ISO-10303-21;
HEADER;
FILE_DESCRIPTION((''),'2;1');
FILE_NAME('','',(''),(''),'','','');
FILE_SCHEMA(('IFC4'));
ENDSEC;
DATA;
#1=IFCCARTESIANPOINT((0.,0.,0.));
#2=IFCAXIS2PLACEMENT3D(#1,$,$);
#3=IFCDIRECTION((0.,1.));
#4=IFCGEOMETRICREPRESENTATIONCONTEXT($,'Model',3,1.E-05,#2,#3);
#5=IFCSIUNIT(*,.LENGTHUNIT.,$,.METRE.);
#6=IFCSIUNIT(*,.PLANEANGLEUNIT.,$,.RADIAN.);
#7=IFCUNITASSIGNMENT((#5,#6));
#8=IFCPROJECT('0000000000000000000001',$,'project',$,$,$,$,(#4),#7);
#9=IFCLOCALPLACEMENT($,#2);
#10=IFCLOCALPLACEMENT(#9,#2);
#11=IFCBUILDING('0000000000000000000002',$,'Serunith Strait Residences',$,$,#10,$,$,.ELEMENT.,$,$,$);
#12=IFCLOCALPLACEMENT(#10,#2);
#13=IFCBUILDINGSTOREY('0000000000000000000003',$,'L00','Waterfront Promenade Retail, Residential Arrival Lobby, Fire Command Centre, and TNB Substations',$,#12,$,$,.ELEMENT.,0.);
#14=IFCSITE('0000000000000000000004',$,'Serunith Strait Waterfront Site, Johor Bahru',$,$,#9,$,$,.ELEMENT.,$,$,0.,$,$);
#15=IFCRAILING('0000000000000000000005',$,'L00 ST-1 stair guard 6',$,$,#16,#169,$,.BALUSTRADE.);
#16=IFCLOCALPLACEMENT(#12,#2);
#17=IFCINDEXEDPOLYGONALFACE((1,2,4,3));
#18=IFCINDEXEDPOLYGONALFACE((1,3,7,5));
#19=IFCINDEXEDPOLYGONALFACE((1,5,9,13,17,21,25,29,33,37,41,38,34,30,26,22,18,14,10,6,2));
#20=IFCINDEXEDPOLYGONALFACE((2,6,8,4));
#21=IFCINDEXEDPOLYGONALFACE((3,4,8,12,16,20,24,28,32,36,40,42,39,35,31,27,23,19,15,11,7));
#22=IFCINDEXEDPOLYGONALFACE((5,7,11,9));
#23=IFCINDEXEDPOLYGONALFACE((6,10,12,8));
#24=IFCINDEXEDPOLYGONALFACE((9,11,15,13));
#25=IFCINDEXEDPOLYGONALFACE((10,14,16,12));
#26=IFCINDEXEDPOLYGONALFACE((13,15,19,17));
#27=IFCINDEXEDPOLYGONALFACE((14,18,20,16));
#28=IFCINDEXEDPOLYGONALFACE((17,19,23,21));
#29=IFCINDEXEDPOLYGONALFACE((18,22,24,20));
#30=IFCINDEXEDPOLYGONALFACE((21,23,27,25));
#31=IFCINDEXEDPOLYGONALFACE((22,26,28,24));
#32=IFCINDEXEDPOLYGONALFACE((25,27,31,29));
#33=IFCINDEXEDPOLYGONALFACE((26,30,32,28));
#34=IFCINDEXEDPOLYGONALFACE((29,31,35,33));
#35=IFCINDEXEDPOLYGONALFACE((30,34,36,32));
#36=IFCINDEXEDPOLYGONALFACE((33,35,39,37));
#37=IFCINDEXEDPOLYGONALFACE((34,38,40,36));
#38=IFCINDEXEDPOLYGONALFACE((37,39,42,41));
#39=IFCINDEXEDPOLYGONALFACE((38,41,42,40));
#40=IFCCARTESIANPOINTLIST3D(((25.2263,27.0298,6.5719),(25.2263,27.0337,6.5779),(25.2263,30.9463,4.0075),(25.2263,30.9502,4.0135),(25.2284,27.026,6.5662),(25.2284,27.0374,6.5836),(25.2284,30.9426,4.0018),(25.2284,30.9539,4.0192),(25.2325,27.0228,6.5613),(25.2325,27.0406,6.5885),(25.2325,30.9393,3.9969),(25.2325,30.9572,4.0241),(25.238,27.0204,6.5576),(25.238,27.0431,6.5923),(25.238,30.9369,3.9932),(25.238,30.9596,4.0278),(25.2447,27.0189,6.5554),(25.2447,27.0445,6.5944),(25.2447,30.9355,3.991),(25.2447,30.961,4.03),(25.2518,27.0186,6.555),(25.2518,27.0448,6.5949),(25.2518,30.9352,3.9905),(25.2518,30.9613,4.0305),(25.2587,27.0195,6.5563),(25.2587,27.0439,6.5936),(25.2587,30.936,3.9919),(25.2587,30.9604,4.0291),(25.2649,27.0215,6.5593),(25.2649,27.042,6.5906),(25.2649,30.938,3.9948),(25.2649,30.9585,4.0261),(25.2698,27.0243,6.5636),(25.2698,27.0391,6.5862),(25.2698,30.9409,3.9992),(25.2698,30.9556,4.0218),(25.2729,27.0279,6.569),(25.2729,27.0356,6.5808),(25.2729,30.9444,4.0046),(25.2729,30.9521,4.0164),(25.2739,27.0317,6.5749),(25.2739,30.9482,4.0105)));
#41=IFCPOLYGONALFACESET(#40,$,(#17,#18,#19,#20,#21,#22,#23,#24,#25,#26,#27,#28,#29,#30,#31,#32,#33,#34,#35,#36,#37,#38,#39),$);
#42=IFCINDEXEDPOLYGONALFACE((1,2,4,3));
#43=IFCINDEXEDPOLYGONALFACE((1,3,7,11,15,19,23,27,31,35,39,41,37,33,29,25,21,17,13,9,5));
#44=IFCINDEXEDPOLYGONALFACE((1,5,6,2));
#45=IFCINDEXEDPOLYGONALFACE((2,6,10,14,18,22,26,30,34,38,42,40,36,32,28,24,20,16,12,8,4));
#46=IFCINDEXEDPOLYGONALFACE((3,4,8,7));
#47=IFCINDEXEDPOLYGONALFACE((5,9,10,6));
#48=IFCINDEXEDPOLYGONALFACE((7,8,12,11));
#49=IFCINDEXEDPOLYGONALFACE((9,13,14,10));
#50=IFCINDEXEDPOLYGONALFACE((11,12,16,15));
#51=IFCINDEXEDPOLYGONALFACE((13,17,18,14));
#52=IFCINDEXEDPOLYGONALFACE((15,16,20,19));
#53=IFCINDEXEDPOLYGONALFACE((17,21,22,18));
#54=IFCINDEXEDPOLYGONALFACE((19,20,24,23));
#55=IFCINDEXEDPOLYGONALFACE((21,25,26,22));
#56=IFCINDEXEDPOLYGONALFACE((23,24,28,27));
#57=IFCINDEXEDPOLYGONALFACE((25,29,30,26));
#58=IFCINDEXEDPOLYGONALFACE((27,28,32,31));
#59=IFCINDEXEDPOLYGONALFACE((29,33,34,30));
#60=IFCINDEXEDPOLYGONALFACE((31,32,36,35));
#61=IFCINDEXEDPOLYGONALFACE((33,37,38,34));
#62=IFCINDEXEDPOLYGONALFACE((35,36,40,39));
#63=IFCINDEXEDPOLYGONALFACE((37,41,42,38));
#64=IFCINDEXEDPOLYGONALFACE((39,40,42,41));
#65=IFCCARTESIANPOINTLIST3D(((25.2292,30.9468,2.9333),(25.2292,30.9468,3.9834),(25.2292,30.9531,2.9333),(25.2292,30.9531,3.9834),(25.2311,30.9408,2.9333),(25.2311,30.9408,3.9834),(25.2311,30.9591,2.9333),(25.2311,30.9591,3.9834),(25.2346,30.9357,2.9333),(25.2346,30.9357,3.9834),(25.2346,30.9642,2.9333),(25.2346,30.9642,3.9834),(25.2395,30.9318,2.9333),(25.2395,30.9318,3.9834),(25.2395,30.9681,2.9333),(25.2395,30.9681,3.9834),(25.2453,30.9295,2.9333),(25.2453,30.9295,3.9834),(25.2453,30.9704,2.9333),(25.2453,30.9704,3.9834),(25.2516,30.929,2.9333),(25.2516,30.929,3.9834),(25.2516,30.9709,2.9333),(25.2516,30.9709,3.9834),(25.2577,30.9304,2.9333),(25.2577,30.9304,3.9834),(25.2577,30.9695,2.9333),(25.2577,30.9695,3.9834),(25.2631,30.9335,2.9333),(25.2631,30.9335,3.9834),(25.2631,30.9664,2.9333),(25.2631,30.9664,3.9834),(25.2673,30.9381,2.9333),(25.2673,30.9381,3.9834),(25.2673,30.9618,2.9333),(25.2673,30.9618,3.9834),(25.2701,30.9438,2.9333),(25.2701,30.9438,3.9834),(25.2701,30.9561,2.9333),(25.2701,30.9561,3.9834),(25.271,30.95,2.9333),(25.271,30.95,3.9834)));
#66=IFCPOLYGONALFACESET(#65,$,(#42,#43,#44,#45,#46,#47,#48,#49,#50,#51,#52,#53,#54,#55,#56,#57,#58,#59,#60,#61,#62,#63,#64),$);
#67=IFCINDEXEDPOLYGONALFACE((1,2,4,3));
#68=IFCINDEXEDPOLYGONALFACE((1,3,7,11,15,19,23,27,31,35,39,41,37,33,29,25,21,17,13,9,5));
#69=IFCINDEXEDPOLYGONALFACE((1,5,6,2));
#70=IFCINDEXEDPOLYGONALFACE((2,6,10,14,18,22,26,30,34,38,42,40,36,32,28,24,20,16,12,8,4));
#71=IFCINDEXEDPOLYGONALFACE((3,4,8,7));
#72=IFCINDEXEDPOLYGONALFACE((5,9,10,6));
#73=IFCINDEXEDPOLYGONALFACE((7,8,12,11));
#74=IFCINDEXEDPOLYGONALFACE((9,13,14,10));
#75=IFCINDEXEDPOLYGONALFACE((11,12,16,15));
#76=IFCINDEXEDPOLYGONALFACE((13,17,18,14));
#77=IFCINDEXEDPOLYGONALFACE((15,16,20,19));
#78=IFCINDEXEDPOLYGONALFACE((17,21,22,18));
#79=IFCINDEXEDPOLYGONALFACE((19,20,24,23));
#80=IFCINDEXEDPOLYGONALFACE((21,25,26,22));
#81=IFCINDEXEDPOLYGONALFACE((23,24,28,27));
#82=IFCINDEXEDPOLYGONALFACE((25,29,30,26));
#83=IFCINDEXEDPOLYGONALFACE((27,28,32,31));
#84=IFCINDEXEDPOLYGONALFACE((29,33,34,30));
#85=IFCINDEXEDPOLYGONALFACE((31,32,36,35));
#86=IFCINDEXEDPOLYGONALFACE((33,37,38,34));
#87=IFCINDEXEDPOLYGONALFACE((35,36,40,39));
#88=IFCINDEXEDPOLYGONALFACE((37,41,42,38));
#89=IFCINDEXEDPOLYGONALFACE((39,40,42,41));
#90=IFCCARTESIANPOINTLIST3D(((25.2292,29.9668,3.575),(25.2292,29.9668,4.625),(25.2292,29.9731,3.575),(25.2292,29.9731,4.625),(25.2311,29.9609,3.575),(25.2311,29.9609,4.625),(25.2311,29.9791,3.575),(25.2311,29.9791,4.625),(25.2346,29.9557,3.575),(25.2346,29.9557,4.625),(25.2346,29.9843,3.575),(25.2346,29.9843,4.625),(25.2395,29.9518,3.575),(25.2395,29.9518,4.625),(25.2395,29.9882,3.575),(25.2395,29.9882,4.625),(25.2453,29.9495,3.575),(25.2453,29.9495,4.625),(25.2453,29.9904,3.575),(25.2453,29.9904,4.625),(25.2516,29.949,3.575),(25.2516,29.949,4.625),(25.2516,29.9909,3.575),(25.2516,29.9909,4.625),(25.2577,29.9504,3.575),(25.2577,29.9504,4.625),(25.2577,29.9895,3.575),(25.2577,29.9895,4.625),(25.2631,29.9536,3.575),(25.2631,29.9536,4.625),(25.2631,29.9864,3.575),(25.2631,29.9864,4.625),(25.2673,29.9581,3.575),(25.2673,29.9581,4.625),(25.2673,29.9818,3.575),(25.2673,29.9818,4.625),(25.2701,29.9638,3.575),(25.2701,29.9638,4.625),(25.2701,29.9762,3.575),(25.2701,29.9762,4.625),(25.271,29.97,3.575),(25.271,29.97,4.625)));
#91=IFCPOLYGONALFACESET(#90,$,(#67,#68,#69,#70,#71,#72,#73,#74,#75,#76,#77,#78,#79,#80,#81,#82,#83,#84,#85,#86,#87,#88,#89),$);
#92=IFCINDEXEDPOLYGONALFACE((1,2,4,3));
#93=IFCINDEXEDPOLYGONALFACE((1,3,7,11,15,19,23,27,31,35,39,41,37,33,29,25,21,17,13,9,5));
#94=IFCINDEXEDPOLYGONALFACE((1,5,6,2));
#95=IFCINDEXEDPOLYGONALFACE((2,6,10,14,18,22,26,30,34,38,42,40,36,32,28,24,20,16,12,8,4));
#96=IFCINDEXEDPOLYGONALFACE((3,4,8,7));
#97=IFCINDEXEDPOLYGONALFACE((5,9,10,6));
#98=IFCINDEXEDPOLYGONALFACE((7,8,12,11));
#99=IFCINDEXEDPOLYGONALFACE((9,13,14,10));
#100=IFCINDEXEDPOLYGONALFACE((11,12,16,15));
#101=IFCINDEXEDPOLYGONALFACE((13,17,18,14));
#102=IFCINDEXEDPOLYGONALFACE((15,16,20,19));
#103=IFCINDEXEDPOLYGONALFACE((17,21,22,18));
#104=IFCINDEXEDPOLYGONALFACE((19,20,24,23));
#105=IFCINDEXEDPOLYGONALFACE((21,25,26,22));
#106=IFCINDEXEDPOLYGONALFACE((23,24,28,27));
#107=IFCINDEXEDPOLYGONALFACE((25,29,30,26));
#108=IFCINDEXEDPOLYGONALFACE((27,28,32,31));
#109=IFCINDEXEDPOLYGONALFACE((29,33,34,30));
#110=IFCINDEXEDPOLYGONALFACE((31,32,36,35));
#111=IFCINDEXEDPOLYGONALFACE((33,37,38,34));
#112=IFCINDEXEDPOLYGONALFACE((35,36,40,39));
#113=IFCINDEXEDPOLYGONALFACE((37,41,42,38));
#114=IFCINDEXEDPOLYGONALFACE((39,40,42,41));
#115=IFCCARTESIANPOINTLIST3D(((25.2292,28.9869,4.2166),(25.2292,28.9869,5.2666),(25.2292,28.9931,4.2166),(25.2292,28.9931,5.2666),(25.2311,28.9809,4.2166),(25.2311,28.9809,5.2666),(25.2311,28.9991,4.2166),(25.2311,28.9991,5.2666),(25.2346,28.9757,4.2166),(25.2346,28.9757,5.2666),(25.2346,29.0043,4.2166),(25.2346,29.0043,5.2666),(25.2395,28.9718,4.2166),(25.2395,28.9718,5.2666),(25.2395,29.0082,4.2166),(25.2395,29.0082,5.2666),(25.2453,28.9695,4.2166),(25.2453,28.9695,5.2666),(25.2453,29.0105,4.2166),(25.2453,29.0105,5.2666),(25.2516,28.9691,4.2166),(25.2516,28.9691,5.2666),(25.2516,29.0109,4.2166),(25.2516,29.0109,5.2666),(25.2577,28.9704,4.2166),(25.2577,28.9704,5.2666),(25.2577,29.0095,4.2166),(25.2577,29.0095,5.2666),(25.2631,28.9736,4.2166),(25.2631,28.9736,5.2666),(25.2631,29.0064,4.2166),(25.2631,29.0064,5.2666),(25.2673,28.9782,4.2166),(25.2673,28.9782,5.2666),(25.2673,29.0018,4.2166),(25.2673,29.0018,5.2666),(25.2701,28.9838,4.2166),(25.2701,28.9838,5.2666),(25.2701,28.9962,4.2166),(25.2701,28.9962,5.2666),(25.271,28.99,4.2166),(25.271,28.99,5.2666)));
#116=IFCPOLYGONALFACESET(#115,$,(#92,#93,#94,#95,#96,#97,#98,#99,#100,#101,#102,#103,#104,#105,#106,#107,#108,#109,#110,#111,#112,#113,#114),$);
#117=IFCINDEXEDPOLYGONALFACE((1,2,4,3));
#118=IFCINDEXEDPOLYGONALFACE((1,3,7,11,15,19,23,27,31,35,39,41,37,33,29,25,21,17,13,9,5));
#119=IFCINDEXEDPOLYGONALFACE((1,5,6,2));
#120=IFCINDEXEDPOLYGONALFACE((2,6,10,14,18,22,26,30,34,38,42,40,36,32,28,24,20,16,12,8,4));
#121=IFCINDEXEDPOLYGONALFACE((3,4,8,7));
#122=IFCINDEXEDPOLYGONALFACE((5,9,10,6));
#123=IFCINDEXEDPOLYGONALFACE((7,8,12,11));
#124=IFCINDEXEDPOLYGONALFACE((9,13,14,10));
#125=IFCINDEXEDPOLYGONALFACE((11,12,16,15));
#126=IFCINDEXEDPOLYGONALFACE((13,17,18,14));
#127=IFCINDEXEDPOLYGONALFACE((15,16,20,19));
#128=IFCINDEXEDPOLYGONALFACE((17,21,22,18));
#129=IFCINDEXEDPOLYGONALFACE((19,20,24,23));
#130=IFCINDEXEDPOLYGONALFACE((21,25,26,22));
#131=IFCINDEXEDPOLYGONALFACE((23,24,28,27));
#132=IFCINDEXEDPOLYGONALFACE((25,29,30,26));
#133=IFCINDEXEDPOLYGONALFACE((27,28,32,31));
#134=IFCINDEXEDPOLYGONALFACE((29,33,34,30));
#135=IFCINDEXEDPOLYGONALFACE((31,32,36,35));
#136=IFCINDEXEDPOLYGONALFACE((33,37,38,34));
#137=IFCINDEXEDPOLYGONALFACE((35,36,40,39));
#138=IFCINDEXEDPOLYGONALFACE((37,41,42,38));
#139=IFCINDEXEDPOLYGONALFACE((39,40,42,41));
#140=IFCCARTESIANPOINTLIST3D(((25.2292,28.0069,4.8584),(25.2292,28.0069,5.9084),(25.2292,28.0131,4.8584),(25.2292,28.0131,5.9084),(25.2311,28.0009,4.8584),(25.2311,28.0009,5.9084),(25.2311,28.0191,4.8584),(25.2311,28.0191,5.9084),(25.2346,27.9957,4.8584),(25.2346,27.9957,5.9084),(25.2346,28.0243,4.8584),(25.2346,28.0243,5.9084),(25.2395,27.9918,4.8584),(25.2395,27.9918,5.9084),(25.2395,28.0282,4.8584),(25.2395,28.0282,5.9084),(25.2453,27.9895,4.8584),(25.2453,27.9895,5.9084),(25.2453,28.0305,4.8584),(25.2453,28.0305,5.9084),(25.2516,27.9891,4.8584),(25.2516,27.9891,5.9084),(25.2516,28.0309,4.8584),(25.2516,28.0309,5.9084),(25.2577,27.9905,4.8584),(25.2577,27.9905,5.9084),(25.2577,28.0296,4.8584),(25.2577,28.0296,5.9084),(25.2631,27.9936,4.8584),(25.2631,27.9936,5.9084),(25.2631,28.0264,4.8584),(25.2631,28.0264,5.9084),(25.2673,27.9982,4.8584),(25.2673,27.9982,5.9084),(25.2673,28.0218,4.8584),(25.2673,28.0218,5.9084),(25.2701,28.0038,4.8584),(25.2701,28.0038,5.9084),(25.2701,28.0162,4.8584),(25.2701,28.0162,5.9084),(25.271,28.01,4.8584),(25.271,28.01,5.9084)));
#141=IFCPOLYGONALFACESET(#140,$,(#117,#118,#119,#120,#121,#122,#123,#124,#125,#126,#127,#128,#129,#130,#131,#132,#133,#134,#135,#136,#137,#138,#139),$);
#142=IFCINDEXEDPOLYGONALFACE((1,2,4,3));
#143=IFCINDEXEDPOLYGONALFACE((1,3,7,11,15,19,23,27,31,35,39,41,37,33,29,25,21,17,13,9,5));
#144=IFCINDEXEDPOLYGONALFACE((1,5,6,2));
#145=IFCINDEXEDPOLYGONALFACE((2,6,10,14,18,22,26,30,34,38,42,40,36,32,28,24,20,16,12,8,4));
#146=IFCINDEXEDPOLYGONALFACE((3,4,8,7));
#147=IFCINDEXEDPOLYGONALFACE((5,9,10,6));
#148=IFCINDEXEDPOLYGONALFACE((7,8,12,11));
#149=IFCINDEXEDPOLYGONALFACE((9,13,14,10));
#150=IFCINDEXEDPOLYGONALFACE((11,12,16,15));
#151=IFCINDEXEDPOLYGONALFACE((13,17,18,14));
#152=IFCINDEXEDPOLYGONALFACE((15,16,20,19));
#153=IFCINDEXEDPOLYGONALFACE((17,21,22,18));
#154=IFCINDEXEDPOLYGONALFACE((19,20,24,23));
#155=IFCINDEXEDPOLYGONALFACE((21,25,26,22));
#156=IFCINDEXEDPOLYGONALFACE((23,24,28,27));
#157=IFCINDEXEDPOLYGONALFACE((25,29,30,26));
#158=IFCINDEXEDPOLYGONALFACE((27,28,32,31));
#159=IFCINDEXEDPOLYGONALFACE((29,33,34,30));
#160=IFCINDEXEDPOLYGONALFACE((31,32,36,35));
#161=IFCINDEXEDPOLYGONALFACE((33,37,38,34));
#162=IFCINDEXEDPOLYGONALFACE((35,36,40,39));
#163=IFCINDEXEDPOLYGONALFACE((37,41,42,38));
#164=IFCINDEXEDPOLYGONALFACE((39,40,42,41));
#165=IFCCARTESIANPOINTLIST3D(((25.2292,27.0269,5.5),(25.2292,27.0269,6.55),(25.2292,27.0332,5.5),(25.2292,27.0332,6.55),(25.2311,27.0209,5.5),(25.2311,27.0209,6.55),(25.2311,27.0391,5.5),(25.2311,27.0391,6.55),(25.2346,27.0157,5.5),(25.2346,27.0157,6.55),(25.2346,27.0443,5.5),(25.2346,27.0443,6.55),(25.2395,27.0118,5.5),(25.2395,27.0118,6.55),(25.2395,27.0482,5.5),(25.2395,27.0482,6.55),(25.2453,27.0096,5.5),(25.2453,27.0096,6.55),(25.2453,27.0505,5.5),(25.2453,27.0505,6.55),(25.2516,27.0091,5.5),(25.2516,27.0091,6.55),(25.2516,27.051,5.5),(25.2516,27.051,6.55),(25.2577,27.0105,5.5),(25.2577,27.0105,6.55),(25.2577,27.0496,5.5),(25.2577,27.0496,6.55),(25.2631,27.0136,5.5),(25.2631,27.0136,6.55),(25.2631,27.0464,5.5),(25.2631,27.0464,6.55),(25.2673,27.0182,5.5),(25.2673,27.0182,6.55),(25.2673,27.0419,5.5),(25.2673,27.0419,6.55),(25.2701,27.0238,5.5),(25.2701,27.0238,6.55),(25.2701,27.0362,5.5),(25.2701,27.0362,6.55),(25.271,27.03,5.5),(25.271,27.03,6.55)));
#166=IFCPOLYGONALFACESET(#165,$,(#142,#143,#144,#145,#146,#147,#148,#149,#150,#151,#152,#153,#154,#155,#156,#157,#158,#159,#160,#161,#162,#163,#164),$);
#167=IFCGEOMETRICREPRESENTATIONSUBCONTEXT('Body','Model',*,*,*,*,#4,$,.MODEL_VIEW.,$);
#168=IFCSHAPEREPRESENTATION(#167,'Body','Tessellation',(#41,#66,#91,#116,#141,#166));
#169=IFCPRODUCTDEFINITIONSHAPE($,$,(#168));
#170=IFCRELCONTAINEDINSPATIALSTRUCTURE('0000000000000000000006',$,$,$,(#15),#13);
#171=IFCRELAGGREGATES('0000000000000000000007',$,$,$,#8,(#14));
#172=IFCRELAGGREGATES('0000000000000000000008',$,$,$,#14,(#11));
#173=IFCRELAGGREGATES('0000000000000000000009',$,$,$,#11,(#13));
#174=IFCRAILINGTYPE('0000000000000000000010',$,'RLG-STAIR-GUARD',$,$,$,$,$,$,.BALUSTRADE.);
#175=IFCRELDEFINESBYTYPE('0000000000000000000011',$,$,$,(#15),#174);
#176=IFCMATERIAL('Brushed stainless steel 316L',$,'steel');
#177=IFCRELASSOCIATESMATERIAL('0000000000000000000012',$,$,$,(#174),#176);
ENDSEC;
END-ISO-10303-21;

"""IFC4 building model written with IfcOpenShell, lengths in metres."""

from ifc_helpers import new_model, si_unit, direction, frame, origin, origin_2d, place, context, subcontext, project, spatial, circle, extrude, material, type_object, element, save


model = new_model("IFC4")

# Units and contexts
model_context = context("Model", 3, precision=1e-05, world=origin(), true_north=direction((0.0, 1.0)))
body_context = subcontext(model_context, "Body", "Model", "MODEL_VIEW")
ifc_project = project(units=[si_unit("LENGTHUNIT", "METRE"), si_unit("PLANEANGLEUNIT", "RADIAN")], contexts=[model_context])

# Site, building, storey
site_placement = place(None, origin())
site = spatial("IfcSite", under=ifc_project, at=site_placement, Name="Serunith Strait Waterfront Site, Johor Bahru", CompositionType="ELEMENT", RefElevation=0.0)
building_placement = place(site_placement, origin())
building = spatial("IfcBuilding", under=site, at=building_placement, Name="Serunith Strait Residences", CompositionType="ELEMENT")
storey_placement = place(building_placement, origin())
storey = spatial("IfcBuildingStorey", under=building, at=storey_placement, Name="L00", Description="Waterfront Promenade Retail, Residential Arrival Lobby, Fire Command Centre, and TNB Substations", CompositionType="ELEMENT", Elevation=0.0)

# Railing
ifc_material_1 = material(Name="Brushed stainless steel 316L", Category="steel")
railing_type_1 = type_object("IfcRailingType", Name="RLG-STAIR-GUARD", PredefinedType="BALUSTRADE", material=ifc_material_1)
railing_1_placement = place(storey_placement, frame((25.25, 30.95, 2.9333)))
element("IfcRailing", 1, at=railing_1_placement, inside=storey, type_object=railing_type_1, Name="L00 ST-1 stair guard 6", PredefinedType="BALUSTRADE", context=body_context, shape_type="SweptSolid", body=[
    extrude(circle(Radius=0.0239, at=origin_2d()), frame((0.0, -0.0017, 1.0771), z_axis=(0.0, -0.836615, 0.547791), x_axis=(1.0, 0.0, 0.0)), (0.0, 0.0, 1.0), 4.6814),
    extrude(circle(Radius=0.021, at=origin_2d()), origin(), (0.0, 0.0, 1.0), 1.05),
    extrude(circle(Radius=0.021, at=origin_2d()), frame((0.0, -0.98, 0.6416)), (0.0, 0.0, 1.0), 1.05),
    extrude(circle(Radius=0.021, at=origin_2d()), frame((0.0, -1.96, 1.2832)), (0.0, 0.0, 1.0), 1.05),
    extrude(circle(Radius=0.021, at=origin_2d()), frame((0.0, -2.9399, 1.925)), (0.0, 0.0, 1.0), 1.05),
    extrude(circle(Radius=0.021, at=origin_2d()), frame((0.0, -3.9199, 2.5667)), (0.0, 0.0, 1.0), 1.05),
])

save(model, "model.ifc")
